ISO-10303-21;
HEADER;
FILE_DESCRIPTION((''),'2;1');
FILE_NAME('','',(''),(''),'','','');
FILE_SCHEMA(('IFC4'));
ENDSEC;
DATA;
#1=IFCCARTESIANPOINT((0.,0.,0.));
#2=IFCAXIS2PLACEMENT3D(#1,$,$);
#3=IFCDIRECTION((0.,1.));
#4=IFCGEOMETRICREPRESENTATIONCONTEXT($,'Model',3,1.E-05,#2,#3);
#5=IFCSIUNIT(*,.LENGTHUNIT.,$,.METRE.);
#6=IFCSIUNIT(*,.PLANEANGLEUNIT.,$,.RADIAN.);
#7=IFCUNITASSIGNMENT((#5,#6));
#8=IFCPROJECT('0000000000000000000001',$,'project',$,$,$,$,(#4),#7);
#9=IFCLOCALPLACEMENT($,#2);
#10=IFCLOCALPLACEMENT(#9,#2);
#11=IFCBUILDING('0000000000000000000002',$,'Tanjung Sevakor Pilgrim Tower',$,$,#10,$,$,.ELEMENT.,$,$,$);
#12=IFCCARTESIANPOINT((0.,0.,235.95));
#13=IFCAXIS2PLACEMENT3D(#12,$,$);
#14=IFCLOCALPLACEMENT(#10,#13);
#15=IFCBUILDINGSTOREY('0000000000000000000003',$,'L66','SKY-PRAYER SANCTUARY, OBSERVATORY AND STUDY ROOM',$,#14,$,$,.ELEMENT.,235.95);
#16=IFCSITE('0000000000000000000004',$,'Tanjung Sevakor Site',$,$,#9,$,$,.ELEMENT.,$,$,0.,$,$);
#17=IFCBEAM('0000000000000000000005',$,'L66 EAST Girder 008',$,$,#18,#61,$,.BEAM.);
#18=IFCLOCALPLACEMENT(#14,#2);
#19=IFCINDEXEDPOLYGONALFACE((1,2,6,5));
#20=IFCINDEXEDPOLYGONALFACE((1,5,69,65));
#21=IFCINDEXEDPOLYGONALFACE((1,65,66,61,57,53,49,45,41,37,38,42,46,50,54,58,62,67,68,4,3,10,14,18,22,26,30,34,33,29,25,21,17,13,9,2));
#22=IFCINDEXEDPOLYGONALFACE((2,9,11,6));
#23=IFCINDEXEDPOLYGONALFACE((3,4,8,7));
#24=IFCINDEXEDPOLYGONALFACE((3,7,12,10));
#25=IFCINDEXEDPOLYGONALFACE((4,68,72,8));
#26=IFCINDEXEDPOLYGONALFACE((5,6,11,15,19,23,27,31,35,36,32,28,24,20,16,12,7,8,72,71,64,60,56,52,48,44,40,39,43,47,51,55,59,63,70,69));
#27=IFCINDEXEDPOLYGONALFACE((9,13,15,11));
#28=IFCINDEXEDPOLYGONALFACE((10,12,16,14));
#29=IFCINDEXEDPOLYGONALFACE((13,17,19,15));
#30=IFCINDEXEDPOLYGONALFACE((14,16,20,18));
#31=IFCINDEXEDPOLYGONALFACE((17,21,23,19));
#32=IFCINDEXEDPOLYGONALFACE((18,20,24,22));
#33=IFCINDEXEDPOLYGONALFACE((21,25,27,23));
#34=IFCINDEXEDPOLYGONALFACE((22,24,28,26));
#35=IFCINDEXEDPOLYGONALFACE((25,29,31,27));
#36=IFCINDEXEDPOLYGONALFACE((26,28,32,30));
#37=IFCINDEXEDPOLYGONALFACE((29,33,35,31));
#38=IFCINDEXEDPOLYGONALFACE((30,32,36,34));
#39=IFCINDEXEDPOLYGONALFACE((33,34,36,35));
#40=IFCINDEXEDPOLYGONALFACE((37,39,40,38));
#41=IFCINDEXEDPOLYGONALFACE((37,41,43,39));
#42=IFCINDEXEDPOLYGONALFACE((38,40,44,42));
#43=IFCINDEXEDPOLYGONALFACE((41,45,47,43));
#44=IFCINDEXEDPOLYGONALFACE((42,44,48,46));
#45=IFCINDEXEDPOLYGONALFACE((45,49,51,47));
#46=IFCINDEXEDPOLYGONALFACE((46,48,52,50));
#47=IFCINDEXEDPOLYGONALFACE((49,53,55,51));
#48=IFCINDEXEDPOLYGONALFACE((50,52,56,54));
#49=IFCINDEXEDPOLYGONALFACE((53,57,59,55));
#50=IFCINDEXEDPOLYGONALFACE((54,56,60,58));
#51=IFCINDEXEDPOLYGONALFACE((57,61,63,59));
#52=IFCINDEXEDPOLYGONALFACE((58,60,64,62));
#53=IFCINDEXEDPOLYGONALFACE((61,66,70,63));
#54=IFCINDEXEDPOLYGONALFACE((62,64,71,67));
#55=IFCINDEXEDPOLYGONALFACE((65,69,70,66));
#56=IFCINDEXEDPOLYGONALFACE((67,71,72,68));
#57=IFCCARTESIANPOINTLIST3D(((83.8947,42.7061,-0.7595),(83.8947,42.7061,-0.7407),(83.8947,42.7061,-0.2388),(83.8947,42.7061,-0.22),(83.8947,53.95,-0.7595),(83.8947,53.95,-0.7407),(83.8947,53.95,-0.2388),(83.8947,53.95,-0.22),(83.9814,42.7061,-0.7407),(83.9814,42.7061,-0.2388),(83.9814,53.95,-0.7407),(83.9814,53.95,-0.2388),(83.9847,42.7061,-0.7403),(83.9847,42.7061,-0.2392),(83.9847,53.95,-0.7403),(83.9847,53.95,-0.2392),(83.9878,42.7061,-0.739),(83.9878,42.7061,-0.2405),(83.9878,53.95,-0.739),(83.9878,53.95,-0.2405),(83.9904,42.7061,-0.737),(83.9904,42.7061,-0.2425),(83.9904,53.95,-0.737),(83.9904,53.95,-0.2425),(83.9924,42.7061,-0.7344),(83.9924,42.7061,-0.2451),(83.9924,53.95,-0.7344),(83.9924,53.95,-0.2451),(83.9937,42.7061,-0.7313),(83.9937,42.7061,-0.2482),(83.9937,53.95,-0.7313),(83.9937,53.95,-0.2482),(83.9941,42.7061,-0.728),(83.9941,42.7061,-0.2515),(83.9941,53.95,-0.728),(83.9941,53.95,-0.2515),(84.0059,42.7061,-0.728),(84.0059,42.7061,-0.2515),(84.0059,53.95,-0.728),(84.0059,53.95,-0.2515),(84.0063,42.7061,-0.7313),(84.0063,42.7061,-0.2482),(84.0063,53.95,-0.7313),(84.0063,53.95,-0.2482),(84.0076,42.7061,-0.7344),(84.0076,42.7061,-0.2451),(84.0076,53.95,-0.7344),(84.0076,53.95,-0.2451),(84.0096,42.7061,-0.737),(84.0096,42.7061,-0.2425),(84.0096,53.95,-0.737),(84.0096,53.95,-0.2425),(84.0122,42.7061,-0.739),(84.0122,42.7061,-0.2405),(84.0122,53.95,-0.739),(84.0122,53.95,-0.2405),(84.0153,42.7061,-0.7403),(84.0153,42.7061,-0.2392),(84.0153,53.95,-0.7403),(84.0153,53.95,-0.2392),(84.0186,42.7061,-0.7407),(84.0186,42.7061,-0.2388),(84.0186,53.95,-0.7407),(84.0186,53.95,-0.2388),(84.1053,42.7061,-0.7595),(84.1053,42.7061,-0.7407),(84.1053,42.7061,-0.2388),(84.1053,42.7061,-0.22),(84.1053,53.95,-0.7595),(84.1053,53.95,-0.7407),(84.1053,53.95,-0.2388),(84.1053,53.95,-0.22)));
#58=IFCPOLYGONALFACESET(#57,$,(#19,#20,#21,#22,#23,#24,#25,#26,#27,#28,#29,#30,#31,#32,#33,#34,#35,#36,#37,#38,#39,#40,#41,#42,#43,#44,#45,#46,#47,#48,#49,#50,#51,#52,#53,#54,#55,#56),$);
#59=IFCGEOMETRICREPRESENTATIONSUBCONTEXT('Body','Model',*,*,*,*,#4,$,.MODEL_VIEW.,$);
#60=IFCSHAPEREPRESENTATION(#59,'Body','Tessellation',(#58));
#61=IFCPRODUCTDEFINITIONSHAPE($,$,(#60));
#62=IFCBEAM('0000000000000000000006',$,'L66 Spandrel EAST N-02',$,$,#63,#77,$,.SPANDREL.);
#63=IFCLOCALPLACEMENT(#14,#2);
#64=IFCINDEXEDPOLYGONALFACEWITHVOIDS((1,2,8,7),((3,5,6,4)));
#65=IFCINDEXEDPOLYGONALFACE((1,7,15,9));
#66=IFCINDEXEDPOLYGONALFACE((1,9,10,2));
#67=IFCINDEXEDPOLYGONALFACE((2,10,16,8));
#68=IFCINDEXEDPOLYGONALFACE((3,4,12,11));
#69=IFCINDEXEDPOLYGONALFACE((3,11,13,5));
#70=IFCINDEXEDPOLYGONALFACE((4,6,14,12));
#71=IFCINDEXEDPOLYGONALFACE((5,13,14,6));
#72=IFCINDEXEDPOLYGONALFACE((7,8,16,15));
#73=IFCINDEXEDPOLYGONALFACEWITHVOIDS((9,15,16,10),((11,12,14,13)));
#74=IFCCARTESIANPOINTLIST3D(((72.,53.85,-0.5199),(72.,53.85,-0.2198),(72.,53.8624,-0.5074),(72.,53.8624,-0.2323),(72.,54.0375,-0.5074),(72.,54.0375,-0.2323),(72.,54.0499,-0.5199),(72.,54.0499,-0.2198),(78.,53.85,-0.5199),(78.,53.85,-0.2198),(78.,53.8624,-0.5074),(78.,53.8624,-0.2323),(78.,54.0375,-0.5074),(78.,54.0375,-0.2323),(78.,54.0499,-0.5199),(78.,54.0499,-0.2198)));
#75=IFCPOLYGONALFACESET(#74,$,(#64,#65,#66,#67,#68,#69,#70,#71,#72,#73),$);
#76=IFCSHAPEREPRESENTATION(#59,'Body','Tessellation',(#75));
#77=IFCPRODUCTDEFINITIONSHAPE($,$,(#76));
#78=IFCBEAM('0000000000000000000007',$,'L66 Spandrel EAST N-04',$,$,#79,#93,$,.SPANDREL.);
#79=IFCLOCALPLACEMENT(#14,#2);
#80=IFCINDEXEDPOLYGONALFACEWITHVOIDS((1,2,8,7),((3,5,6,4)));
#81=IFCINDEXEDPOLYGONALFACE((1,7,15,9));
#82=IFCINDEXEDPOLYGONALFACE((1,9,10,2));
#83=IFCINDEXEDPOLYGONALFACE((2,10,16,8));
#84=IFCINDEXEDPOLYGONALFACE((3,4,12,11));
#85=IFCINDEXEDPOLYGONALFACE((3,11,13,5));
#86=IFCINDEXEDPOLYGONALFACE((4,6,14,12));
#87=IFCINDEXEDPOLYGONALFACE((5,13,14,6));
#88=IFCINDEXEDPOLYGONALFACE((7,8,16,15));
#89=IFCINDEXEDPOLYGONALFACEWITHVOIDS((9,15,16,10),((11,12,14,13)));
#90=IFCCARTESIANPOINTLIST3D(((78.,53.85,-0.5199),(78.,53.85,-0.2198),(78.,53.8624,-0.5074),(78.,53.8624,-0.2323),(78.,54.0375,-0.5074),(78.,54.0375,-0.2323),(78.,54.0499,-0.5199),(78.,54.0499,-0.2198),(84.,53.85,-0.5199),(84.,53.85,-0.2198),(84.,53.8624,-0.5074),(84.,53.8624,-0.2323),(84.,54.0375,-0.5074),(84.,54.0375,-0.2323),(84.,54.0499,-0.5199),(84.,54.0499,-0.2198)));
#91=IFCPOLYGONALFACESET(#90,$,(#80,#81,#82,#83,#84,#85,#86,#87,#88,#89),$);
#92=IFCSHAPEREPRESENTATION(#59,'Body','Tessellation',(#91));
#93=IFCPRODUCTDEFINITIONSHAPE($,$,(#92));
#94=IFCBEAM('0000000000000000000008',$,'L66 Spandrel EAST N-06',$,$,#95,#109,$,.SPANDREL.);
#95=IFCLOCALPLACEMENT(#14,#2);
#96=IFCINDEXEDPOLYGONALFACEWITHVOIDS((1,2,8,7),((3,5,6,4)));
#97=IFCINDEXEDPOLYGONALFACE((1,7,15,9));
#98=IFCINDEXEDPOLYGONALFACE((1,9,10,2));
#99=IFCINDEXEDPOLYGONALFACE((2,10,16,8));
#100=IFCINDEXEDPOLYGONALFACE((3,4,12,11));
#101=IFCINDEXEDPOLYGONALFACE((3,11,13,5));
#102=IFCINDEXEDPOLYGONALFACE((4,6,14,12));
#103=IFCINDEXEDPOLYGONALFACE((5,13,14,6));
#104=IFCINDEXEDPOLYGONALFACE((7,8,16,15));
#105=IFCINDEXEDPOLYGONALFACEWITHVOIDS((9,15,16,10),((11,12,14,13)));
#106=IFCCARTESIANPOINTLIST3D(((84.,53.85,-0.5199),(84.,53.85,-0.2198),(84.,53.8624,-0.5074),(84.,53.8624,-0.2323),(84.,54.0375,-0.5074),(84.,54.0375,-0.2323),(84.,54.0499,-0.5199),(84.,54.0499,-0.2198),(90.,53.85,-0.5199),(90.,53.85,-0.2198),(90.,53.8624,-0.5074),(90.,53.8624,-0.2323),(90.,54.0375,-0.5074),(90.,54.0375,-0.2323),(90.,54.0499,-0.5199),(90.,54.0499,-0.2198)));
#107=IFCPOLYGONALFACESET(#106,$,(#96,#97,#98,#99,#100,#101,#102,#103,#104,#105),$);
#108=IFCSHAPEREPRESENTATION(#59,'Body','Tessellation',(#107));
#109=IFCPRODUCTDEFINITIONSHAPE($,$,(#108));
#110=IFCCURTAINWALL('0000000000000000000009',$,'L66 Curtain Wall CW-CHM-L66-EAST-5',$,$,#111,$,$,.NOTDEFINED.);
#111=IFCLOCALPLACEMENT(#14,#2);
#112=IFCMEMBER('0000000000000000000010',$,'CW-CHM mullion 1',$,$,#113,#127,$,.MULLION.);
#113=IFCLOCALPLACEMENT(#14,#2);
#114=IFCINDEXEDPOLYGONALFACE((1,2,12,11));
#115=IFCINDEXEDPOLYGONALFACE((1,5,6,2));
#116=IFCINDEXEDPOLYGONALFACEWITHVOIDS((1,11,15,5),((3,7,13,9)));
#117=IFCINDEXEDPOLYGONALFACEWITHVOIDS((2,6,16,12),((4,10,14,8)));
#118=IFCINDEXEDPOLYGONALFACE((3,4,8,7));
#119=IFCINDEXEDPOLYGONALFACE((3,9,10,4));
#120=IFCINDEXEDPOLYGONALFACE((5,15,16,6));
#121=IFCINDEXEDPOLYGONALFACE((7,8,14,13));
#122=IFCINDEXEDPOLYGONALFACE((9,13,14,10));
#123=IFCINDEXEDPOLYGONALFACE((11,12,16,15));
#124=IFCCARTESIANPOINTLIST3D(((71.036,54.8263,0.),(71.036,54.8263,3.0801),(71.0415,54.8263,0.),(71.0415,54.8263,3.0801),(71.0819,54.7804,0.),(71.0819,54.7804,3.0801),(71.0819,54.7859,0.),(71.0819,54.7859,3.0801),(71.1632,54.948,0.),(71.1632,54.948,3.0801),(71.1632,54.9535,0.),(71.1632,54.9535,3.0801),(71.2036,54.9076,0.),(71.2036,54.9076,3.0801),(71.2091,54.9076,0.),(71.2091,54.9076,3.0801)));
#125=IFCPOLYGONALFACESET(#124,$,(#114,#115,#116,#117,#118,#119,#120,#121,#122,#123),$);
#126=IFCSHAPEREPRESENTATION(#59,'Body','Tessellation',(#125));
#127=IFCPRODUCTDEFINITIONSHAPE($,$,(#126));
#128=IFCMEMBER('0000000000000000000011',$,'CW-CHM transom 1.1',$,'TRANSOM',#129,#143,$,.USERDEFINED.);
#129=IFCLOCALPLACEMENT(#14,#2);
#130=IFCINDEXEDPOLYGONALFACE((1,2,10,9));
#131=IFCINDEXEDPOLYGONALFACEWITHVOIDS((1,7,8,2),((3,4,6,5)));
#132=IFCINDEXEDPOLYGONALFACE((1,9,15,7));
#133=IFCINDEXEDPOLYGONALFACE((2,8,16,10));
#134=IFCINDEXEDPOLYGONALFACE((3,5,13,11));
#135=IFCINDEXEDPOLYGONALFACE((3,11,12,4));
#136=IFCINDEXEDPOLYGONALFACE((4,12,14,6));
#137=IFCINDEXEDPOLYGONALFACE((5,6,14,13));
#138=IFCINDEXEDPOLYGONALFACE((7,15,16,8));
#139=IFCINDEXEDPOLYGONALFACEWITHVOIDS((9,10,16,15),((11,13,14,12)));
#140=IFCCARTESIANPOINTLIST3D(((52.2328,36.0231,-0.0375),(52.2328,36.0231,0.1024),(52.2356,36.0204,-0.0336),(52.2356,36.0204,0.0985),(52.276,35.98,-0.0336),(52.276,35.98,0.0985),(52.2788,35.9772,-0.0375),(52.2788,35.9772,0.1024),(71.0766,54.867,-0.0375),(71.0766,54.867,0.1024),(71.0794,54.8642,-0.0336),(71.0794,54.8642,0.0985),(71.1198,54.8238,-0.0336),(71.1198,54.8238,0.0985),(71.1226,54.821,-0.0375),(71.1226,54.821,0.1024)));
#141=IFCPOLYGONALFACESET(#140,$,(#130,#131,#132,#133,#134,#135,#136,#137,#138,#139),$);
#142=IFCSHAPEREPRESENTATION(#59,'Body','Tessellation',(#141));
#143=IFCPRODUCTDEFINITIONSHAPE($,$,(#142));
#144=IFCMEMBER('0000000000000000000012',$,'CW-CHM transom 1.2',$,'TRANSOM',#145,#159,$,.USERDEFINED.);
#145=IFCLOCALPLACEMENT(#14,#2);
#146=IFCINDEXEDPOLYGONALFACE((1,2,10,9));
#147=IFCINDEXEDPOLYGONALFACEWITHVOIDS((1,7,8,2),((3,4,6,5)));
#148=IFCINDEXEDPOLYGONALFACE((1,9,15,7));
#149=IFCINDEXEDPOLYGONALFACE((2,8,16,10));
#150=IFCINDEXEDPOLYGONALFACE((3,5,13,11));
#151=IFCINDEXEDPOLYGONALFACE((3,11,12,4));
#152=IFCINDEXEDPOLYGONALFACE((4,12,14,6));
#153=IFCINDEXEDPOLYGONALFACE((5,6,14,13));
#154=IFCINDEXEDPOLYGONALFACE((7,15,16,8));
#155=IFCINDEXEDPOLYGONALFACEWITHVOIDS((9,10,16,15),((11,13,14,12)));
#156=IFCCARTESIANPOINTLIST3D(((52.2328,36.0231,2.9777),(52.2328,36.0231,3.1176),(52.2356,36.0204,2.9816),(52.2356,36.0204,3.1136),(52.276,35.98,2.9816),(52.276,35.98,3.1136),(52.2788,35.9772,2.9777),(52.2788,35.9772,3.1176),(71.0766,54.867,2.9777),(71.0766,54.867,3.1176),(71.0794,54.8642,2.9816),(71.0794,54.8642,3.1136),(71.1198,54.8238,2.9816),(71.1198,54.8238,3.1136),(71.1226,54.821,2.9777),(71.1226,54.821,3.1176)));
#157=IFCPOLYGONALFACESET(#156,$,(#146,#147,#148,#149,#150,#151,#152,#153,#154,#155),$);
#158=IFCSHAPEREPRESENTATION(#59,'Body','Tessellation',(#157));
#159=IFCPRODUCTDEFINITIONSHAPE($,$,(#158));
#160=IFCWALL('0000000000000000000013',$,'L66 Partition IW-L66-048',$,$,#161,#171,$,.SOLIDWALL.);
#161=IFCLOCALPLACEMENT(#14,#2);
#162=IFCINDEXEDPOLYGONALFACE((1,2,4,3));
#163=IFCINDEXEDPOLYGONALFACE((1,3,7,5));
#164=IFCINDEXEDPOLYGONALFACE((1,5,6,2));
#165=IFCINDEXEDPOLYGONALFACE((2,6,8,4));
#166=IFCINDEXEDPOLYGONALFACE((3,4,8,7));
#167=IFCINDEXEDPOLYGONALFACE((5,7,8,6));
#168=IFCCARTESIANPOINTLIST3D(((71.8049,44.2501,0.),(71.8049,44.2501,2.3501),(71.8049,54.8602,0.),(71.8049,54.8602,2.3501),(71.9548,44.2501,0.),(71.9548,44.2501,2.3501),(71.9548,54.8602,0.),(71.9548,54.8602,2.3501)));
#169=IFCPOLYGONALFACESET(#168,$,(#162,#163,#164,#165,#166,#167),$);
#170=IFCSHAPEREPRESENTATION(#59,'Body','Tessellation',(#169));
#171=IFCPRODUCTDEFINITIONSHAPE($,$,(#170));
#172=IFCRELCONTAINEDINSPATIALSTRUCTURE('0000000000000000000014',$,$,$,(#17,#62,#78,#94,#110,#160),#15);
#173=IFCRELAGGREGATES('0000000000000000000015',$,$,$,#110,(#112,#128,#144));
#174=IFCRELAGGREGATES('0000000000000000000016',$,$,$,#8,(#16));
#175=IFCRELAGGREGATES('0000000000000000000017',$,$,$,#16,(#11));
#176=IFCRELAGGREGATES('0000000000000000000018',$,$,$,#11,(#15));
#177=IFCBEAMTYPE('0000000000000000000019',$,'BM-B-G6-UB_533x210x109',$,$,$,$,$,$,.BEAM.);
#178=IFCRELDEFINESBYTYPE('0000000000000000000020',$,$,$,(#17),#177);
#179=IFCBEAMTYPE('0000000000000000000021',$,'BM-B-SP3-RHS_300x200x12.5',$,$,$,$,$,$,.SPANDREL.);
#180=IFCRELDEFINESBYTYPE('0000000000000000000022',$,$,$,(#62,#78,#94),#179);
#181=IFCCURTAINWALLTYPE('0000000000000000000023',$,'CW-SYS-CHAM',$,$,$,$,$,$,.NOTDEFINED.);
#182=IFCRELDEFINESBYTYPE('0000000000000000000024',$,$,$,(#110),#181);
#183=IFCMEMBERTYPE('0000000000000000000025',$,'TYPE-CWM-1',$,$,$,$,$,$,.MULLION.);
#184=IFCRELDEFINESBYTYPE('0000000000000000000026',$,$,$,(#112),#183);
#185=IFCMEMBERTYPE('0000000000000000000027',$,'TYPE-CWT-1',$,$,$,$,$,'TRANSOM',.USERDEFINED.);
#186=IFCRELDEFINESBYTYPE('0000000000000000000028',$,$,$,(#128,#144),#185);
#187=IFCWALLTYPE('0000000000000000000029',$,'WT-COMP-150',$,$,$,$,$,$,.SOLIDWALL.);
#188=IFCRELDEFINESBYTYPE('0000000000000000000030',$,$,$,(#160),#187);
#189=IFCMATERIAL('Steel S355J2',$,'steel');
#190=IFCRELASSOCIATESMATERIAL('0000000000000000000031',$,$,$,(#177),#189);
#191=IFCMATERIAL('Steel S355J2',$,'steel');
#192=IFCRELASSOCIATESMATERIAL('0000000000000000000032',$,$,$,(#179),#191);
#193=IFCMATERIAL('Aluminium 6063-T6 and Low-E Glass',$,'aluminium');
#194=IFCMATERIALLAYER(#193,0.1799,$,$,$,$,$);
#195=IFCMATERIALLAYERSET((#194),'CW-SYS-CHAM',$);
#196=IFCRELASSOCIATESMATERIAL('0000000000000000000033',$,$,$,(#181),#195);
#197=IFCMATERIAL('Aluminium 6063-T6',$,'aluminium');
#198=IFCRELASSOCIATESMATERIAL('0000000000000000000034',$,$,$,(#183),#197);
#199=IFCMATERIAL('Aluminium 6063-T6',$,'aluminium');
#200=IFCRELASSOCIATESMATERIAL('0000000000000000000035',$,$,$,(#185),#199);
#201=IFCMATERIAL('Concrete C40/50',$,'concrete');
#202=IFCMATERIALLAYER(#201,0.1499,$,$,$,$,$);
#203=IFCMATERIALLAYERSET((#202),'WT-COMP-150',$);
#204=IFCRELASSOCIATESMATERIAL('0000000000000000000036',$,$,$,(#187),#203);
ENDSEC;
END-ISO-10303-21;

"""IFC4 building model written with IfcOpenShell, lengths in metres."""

from ifc_helpers import new_model, si_unit, direction, frame, frame_2d, origin, origin_2d, place, context, subcontext, project, spatial, rectangle, hollow_rectangle, i_section, extrude, material, layer, layer_set, material_profile, profile_set, type_object, element, aggregate, save


model = new_model("IFC4")

# Units and contexts
model_context = context("Model", 3, precision=1e-05, world=origin(), true_north=direction((0.0, 1.0)))
body_context = subcontext(model_context, "Body", "Model", "MODEL_VIEW")
ifc_project = project(units=[si_unit("LENGTHUNIT", "METRE"), si_unit("PLANEANGLEUNIT", "RADIAN")], contexts=[model_context])

# Site, building, storey
site_placement = place(None, origin())
site = spatial("IfcSite", under=ifc_project, at=site_placement, Name="Tanjung Sevakor Site", CompositionType="ELEMENT", RefElevation=0.0)
building_placement = place(site_placement, origin())
building = spatial("IfcBuilding", under=site, at=building_placement, Name="Tanjung Sevakor Pilgrim Tower", CompositionType="ELEMENT")
storey_placement = place(building_placement, frame((0.0, 0.0, 235.95)))
storey = spatial("IfcBuildingStorey", under=building, at=storey_placement, Name="L66", Description="SKY-PRAYER SANCTUARY, OBSERVATORY AND STUDY ROOM", CompositionType="ELEMENT", Elevation=235.95)

# Beams
ifc_material_1 = material(Name="Steel S355J2", Category="steel")
ifc_material_profile_1 = material_profile(ifc_material_1, i_section(OverallWidth=0.2107, OverallDepth=0.5396, WebThickness=0.0117, FlangeThickness=0.0188, FilletRadius=0.0127, at=origin_2d()))
ifc_profile_set_1 = profile_set([ifc_material_profile_1], Name="Steel S355J2")
beam_type_1 = type_object("IfcBeamType", Name="BM-B-G6-UB_533x210x109", PredefinedType="BEAM", material=ifc_profile_set_1)
for number, where, z_axis, x_axis, name in (
    (1, (84.0, 42.7061, -0.4897), (0.0, 1.0, 0.0), (-1.0, 0.0, 0.0), "L66 EAST Girder 008"),
):
    element("IfcBeam", number, at=place(storey_placement, frame(where, z_axis=z_axis, x_axis=x_axis)), inside=storey, type_object=beam_type_1, Name=name, PredefinedType="BEAM", context=body_context, shape_type="SweptSolid", body=[
        extrude(i_section(OverallWidth=0.2107, OverallDepth=0.5396, WebThickness=0.0117, FlangeThickness=0.0188, FilletRadius=0.0127, at=origin_2d()), origin(), (0.0, 0.0, 1.0), 11.2439),
    ])
ifc_material_2 = material(Name="Steel S355J2", Category="steel")
ifc_material_profile_2 = material_profile(ifc_material_2, hollow_rectangle(XDim=0.2, YDim=0.3, WallThickness=0.0125, at=origin_2d()))
ifc_profile_set_2 = profile_set([ifc_material_profile_2], Name="Steel S355J2")
beam_type_2 = type_object("IfcBeamType", Name="BM-B-SP3-RHS_300x200x12.5", PredefinedType="SPANDREL", material=ifc_profile_set_2)
for number, where, z_axis, x_axis, name in (
    (2, (72.0, 53.95, -0.3699), (1.0, 0.0, 0.0), (0.0, 1.0, 0.0), "L66 Spandrel EAST N-02"),
    (3, (78.0, 53.95, -0.3699), (1.0, 0.0, 0.0), (0.0, 1.0, 0.0), "L66 Spandrel EAST N-04"),
    (4, (84.0, 53.95, -0.3699), (1.0, 0.0, 0.0), (0.0, 1.0, 0.0), "L66 Spandrel EAST N-06"),
):
    element("IfcBeam", number, at=place(storey_placement, frame(where, z_axis=z_axis, x_axis=x_axis)), inside=storey, type_object=beam_type_2, Name=name, PredefinedType="SPANDREL", context=body_context, shape_type="SweptSolid", body=[
        extrude(hollow_rectangle(XDim=0.2, YDim=0.3, WallThickness=0.0125, at=origin_2d()), origin(), (0.0, 0.0, 1.0), 6.0),
    ])

# Curtain wall, members
ifc_material_3 = material(Name="Aluminium 6063-T6 and Low-E Glass", Category="aluminium")
ifc_layer_1 = layer(ifc_material_3, 0.1799)
ifc_layer_set_1 = layer_set([ifc_layer_1], Name="CW-SYS-CHAM")
curtain_wall_type = type_object("IfcCurtainWallType", Name="CW-SYS-CHAM", PredefinedType="NOTDEFINED", material=ifc_layer_set_1)
curtain_wall_placement = place(storey_placement, origin())
curtain_wall = element("IfcCurtainWall", 5, at=curtain_wall_placement, inside=storey, type_object=curtain_wall_type, Name="L66 Curtain Wall CW-CHM-L66-EAST-5", PredefinedType="NOTDEFINED")
ifc_material_4 = material(Name="Aluminium 6063-T6", Category="aluminium")
ifc_material_profile_3 = material_profile(ifc_material_4, hollow_rectangle(XDim=0.0649, YDim=0.1799, WallThickness=0.0039, at=origin_2d()))
ifc_profile_set_3 = profile_set([ifc_material_profile_3], Name="Aluminium 6063-T6")
member_type_1 = type_object("IfcMemberType", Name="TYPE-CWM-1", PredefinedType="MULLION", material=ifc_profile_set_3)
member_1_placement = place(storey_placement, frame((71.1226, 54.8669, 0.0), z_axis=(0.0, 0.0, 1.0), x_axis=(0.707107, -0.707107, 0.0)))
member_1 = element("IfcMember", 6, at=member_1_placement, type_object=member_type_1, Name="CW-CHM mullion 1", PredefinedType="MULLION", context=body_context, shape_type="SweptSolid", body=[
    extrude(hollow_rectangle(XDim=0.0649, YDim=0.1799, WallThickness=0.0039, at=origin_2d()), origin(), (0.0, 0.0, 1.0), 3.0801),
])
ifc_material_5 = material(Name="Aluminium 6063-T6", Category="aluminium")
ifc_material_profile_4 = material_profile(ifc_material_5, hollow_rectangle(XDim=0.0649, YDim=0.1399, WallThickness=0.0039, at=origin_2d()))
ifc_profile_set_4 = profile_set([ifc_material_profile_4], Name="Aluminium 6063-T6")
member_type_2 = type_object("IfcMemberType", Name="TYPE-CWT-1", ElementType="TRANSOM", PredefinedType="USERDEFINED", material=ifc_profile_set_4)
member_2_placement = place(storey_placement, frame((71.0996, 54.844, 0.0325), z_axis=(-0.707107, -0.707107, 0.0), x_axis=(0.707107, -0.707107, 0.0)))
member_2 = element("IfcMember", 7, at=member_2_placement, type_object=member_type_2, Name="CW-CHM transom 1.1", ObjectType="TRANSOM", PredefinedType="USERDEFINED", context=body_context, shape_type="SweptSolid", body=[
    extrude(hollow_rectangle(XDim=0.0649, YDim=0.1399, WallThickness=0.0039, at=origin_2d()), origin(), (0.0, 0.0, 1.0), 26.6492),
])
member_3_placement = place(storey_placement, frame((71.0996, 54.844, 3.0476), z_axis=(-0.707107, -0.707107, 0.0), x_axis=(0.707107, -0.707107, 0.0)))
member_3 = element("IfcMember", 8, at=member_3_placement, type_object=member_type_2, Name="CW-CHM transom 1.2", ObjectType="TRANSOM", PredefinedType="USERDEFINED", context=body_context, shape_type="SweptSolid", body=[
    extrude(hollow_rectangle(XDim=0.0649, YDim=0.1399, WallThickness=0.0039, at=origin_2d()), origin(), (0.0, 0.0, 1.0), 26.6492),
])
aggregate(curtain_wall, [member_1, member_2, member_3])

# Wall
ifc_material_6 = material(Name="Concrete C40/50", Category="concrete")
ifc_layer_2 = layer(ifc_material_6, 0.1499)
ifc_layer_set_2 = layer_set([ifc_layer_2], Name="WT-COMP-150")
wall_type = type_object("IfcWallType", Name="WT-COMP-150", PredefinedType="SOLIDWALL", material=ifc_layer_set_2)
wall_1_placement = place(storey_placement, frame((71.8799, 44.25, 0.0), z_axis=(0.0, 0.0, 1.0), x_axis=(0.0, 1.0, 0.0)))
element("IfcWall", 9, at=wall_1_placement, inside=storey, type_object=wall_type, Name="L66 Partition IW-L66-048", PredefinedType="SOLIDWALL", context=body_context, shape_type="SweptSolid", body=[
    extrude(rectangle(XDim=10.6101, YDim=0.1499, at=frame_2d((5.3052, 0.0))), origin(), (0.0, 0.0, 1.0), 2.3501),
])

save(model, "model.ifc")
